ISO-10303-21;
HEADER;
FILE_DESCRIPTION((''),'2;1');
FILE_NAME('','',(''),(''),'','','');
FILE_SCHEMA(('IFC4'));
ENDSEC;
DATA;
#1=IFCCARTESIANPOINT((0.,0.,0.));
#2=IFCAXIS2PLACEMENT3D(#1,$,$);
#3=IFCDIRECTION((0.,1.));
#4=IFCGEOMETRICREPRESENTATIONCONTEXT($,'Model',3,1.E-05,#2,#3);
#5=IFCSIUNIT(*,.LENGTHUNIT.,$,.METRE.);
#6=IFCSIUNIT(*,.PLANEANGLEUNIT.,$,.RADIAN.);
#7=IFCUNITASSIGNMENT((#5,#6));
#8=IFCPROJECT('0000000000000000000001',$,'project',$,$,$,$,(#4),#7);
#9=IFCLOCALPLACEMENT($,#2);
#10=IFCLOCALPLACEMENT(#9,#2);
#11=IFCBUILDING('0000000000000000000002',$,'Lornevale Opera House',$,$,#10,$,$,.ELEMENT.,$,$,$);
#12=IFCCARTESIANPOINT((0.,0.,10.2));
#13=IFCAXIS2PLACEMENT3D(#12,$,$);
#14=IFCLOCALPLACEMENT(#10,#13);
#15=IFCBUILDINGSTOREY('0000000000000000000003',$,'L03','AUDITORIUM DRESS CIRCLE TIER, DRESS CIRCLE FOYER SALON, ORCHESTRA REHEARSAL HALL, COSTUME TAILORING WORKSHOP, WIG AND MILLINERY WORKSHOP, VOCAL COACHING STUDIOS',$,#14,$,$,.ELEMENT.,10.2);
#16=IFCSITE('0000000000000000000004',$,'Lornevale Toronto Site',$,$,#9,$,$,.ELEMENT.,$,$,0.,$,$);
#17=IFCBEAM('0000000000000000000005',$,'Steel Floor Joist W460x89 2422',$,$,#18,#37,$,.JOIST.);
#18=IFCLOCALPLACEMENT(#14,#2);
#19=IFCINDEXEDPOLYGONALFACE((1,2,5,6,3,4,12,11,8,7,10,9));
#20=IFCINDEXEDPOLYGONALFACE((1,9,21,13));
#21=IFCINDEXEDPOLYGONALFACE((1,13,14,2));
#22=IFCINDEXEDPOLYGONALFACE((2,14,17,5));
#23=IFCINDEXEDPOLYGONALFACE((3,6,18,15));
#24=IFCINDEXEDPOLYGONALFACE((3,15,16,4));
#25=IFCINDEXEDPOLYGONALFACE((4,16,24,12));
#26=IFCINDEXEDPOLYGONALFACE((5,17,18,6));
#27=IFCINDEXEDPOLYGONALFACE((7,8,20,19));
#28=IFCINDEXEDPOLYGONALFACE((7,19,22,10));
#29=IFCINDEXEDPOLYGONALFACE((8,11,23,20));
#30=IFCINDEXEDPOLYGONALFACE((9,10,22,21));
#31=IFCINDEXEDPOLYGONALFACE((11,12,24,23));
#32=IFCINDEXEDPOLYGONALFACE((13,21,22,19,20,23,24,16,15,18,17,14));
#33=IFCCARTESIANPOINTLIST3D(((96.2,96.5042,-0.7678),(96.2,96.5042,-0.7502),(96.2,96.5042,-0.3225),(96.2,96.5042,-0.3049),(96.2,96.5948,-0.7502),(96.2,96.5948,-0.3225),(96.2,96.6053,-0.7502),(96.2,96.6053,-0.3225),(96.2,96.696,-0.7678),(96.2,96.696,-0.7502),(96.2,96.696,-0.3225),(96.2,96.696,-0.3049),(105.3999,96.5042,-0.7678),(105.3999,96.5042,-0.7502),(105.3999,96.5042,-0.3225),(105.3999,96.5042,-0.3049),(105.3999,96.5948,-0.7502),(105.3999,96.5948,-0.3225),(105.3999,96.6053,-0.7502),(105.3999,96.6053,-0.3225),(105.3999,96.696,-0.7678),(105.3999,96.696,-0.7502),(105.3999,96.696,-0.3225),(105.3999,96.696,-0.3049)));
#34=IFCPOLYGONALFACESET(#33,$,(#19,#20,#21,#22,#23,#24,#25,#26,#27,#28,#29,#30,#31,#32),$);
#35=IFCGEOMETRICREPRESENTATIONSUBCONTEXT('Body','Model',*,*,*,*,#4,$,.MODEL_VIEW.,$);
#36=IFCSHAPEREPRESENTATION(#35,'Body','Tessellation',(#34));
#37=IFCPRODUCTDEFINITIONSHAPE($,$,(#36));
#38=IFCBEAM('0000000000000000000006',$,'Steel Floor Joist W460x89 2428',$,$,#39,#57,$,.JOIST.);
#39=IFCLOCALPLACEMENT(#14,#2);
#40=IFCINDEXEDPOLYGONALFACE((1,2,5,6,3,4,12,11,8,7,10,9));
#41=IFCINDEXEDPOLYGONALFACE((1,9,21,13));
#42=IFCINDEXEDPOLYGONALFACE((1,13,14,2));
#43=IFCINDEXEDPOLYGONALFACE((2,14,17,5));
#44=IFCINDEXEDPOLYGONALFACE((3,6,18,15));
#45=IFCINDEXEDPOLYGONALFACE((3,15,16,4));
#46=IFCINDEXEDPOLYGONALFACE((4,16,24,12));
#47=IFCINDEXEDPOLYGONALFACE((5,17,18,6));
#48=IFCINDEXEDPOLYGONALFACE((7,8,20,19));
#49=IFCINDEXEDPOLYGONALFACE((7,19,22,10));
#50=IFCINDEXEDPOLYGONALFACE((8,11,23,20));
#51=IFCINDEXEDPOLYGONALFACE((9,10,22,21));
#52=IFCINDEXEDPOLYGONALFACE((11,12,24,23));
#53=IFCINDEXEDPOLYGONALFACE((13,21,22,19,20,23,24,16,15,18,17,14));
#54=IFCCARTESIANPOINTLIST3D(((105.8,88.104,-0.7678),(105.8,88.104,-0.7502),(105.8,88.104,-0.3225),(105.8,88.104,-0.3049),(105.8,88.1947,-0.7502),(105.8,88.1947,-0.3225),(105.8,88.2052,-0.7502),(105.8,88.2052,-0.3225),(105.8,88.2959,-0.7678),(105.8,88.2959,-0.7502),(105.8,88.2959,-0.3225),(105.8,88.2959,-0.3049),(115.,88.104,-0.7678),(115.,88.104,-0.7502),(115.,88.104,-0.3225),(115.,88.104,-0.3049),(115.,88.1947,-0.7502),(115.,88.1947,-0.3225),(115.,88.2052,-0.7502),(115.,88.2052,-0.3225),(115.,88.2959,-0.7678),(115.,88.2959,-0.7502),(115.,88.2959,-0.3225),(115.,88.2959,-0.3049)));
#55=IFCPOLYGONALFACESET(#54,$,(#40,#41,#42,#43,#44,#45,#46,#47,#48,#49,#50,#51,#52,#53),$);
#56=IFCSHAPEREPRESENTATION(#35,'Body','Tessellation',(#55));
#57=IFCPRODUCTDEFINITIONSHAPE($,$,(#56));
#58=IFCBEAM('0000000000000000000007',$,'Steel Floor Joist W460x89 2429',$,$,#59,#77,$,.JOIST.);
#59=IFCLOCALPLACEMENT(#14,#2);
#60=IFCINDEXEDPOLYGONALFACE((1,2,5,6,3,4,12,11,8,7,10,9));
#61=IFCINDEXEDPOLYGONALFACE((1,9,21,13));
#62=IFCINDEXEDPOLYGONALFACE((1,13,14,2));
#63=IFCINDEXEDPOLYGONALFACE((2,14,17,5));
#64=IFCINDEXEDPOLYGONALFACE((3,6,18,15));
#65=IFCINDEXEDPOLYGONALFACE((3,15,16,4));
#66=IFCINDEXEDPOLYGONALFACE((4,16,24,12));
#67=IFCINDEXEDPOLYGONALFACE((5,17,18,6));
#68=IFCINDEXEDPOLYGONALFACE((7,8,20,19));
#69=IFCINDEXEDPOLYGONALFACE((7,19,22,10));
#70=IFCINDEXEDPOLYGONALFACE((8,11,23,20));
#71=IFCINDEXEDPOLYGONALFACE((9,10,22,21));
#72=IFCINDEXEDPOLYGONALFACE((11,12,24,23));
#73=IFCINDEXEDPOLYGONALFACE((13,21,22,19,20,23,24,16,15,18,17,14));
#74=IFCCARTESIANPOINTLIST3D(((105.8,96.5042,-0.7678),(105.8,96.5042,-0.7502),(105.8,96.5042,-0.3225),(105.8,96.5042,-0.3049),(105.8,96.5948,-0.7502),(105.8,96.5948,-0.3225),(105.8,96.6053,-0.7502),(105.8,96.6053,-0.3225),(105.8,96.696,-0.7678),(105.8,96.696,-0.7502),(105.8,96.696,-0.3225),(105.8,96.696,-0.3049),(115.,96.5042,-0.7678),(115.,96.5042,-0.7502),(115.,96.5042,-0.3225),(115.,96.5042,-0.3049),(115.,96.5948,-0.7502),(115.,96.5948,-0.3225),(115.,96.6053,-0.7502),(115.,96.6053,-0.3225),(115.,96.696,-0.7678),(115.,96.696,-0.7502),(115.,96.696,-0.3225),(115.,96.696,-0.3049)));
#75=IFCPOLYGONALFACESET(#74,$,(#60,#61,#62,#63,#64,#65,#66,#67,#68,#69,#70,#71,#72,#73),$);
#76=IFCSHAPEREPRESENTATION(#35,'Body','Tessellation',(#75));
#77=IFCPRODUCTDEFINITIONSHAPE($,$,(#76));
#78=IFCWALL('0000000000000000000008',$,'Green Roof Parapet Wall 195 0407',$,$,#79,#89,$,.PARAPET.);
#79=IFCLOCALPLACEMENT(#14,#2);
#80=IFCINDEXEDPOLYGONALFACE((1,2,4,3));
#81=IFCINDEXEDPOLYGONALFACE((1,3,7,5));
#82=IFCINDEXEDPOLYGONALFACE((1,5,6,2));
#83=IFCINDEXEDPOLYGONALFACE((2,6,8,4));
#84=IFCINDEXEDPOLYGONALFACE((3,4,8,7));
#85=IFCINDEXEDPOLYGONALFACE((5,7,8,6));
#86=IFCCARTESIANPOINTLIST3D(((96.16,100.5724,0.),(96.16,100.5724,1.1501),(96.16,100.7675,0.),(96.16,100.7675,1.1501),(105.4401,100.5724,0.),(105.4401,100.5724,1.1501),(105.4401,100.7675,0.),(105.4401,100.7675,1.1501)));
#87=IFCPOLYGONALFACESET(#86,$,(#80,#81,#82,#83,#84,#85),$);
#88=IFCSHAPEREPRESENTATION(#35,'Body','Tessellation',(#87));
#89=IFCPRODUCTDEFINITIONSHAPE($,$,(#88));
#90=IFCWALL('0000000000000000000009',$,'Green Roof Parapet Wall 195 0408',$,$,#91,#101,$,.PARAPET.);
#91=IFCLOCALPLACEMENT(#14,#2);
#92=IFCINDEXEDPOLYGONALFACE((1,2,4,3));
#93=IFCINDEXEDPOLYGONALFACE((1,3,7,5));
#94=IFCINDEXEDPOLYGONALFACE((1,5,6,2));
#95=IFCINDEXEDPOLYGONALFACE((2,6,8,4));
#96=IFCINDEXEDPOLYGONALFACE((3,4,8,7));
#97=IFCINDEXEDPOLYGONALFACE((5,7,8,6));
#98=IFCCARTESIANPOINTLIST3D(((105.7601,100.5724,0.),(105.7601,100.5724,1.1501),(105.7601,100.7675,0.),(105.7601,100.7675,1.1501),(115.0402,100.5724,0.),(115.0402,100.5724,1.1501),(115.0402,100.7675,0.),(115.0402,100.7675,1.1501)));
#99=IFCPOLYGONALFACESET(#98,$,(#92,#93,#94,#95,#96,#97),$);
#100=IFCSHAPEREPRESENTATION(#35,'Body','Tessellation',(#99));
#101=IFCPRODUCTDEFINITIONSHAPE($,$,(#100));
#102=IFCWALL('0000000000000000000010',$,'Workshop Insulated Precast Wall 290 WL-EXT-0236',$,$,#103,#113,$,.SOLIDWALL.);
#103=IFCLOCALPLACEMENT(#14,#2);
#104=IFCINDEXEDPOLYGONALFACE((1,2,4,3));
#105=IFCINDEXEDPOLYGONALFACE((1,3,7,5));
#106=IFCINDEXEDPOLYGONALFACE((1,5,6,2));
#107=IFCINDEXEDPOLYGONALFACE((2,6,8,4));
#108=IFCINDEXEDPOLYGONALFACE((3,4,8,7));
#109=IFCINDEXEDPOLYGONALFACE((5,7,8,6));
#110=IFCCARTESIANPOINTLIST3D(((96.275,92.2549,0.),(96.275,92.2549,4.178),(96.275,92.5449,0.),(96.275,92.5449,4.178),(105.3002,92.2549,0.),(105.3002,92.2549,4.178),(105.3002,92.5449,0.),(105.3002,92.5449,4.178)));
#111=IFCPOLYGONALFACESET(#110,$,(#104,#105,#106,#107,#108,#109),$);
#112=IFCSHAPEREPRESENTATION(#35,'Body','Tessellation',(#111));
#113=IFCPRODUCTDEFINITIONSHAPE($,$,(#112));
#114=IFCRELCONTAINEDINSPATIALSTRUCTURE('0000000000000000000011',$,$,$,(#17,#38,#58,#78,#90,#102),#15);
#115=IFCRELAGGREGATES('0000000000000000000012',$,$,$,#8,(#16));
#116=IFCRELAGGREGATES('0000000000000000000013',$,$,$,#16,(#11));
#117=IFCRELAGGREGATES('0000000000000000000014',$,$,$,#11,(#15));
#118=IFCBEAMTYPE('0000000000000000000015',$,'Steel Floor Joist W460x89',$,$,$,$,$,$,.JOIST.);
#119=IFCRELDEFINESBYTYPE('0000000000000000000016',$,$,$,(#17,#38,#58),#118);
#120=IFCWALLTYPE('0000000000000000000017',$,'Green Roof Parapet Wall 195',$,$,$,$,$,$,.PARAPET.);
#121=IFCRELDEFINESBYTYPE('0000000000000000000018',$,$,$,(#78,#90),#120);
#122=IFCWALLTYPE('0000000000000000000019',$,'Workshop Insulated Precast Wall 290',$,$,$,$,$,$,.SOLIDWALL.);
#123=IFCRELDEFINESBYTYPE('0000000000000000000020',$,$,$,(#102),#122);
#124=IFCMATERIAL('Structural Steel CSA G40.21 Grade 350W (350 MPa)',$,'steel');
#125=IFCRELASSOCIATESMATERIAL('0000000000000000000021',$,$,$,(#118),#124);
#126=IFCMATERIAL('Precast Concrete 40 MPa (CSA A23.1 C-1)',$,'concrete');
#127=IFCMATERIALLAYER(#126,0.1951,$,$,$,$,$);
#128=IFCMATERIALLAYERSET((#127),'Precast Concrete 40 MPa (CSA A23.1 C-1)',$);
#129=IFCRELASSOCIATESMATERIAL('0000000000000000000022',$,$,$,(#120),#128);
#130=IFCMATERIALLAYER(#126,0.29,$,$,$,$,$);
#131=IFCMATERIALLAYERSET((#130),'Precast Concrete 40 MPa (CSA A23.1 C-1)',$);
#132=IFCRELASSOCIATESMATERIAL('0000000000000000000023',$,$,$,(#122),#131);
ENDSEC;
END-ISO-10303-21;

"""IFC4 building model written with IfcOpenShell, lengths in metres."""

from ifc_helpers import new_model, si_unit, direction, frame, frame_2d, origin, origin_2d, place, context, subcontext, project, spatial, rectangle, i_section, extrude, material, layer, layer_set, material_profile, profile_set, type_object, element, save


model = new_model("IFC4")

# Units and contexts
model_context = context("Model", 3, precision=1e-05, world=origin(), true_north=direction((0.0, 1.0)))
body_context = subcontext(model_context, "Body", "Model", "MODEL_VIEW")
ifc_project = project(units=[si_unit("LENGTHUNIT", "METRE"), si_unit("PLANEANGLEUNIT", "RADIAN")], contexts=[model_context])

# Site, building, storey
site_placement = place(None, origin())
site = spatial("IfcSite", under=ifc_project, at=site_placement, Name="Lornevale Toronto Site", CompositionType="ELEMENT", RefElevation=0.0)
building_placement = place(site_placement, origin())
building = spatial("IfcBuilding", under=site, at=building_placement, Name="Lornevale Opera House", CompositionType="ELEMENT")
storey_placement = place(building_placement, frame((0.0, 0.0, 10.2)))
storey = spatial("IfcBuildingStorey", under=building, at=storey_placement, Name="L03", Description="AUDITORIUM DRESS CIRCLE TIER, DRESS CIRCLE FOYER SALON, ORCHESTRA REHEARSAL HALL, COSTUME TAILORING WORKSHOP, WIG AND MILLINERY WORKSHOP, VOCAL COACHING STUDIOS", CompositionType="ELEMENT", Elevation=10.2)

# Beams
ifc_material_1 = material(Name="Structural Steel CSA G40.21 Grade 350W (350 MPa)", Category="steel")
ifc_material_profile_1 = material_profile(ifc_material_1, i_section(OverallWidth=0.1919, OverallDepth=0.4629, WebThickness=0.0105, FlangeThickness=0.0176, at=origin_2d()), Name="W460x89")
ifc_profile_set_1 = profile_set([ifc_material_profile_1], Name="Structural Steel CSA G40.21 Grade 350W (350 MPa)")
beam_type_1 = type_object("IfcBeamType", Name="Steel Floor Joist W460x89", PredefinedType="JOIST", material=ifc_profile_set_1)
for number, where, z_axis, x_axis, name in (
    (1, (96.2, 96.6001, -0.5364), (1.0, 0.0, 0.0), (0.0, 1.0, 0.0), "Steel Floor Joist W460x89 2422"),
    (2, (105.8, 88.2, -0.5364), (1.0, 0.0, 0.0), (0.0, 1.0, 0.0), "Steel Floor Joist W460x89 2428"),
    (3, (105.8, 96.6001, -0.5364), (1.0, 0.0, 0.0), (0.0, 1.0, 0.0), "Steel Floor Joist W460x89 2429"),
):
    element("IfcBeam", number, at=place(storey_placement, frame(where, z_axis=z_axis, x_axis=x_axis)), inside=storey, type_object=beam_type_1, Name=name, PredefinedType="JOIST", context=body_context, shape_type="SweptSolid", body=[
        extrude(i_section(OverallWidth=0.1919, OverallDepth=0.4629, WebThickness=0.0105, FlangeThickness=0.0176, at=origin_2d()), origin(), (0.0, 0.0, 1.0), 9.2),
    ])

# Walls
ifc_material_2 = material(Name="Precast Concrete 40 MPa (CSA A23.1 C-1)", Category="concrete")
ifc_layer_1 = layer(ifc_material_2, 0.1951)
ifc_layer_set_1 = layer_set([ifc_layer_1], Name="Precast Concrete 40 MPa (CSA A23.1 C-1)")
wall_type_1 = type_object("IfcWallType", Name="Green Roof Parapet Wall 195", PredefinedType="PARAPET", material=ifc_layer_set_1)
for number, where, z_axis, x_axis, name in (
    (4, (96.1599, 100.6699, 0.0), (0.0, 0.0, 1.0), (1.0, 0.0, 0.0), "Green Roof Parapet Wall 195 0407"),
    (5, (105.76, 100.6699, 0.0), (0.0, 0.0, 1.0), (1.0, 0.0, 0.0), "Green Roof Parapet Wall 195 0408"),
):
    element("IfcWall", number, at=place(storey_placement, frame(where, z_axis=z_axis, x_axis=x_axis)), inside=storey, type_object=wall_type_1, Name=name, PredefinedType="PARAPET", context=body_context, shape_type="SweptSolid", body=[
        extrude(rectangle(XDim=9.28, YDim=0.1951, at=frame_2d((4.6401, 0.0))), origin(), (0.0, 0.0, 1.0), 1.1501),
    ])
ifc_layer_2 = layer(ifc_material_2, 0.29)
ifc_layer_set_2 = layer_set([ifc_layer_2], Name="Precast Concrete 40 MPa (CSA A23.1 C-1)")
wall_type_2 = type_object("IfcWallType", Name="Workshop Insulated Precast Wall 290", PredefinedType="SOLIDWALL", material=ifc_layer_set_2)
wall_placement = place(storey_placement, frame((96.2749, 92.3999, 0.0), z_axis=(0.0, 0.0, 1.0), x_axis=(1.0, 0.0, 0.0)))
element("IfcWall", 6, at=wall_placement, inside=storey, type_object=wall_type_2, Name="Workshop Insulated Precast Wall 290 WL-EXT-0236", PredefinedType="SOLIDWALL", context=body_context, shape_type="SweptSolid", body=[
    extrude(rectangle(XDim=9.0251, YDim=0.29, at=frame_2d((4.5127, 0.0))), origin(), (0.0, 0.0, 1.0), 4.178),
])

save(model, "model.ifc")
